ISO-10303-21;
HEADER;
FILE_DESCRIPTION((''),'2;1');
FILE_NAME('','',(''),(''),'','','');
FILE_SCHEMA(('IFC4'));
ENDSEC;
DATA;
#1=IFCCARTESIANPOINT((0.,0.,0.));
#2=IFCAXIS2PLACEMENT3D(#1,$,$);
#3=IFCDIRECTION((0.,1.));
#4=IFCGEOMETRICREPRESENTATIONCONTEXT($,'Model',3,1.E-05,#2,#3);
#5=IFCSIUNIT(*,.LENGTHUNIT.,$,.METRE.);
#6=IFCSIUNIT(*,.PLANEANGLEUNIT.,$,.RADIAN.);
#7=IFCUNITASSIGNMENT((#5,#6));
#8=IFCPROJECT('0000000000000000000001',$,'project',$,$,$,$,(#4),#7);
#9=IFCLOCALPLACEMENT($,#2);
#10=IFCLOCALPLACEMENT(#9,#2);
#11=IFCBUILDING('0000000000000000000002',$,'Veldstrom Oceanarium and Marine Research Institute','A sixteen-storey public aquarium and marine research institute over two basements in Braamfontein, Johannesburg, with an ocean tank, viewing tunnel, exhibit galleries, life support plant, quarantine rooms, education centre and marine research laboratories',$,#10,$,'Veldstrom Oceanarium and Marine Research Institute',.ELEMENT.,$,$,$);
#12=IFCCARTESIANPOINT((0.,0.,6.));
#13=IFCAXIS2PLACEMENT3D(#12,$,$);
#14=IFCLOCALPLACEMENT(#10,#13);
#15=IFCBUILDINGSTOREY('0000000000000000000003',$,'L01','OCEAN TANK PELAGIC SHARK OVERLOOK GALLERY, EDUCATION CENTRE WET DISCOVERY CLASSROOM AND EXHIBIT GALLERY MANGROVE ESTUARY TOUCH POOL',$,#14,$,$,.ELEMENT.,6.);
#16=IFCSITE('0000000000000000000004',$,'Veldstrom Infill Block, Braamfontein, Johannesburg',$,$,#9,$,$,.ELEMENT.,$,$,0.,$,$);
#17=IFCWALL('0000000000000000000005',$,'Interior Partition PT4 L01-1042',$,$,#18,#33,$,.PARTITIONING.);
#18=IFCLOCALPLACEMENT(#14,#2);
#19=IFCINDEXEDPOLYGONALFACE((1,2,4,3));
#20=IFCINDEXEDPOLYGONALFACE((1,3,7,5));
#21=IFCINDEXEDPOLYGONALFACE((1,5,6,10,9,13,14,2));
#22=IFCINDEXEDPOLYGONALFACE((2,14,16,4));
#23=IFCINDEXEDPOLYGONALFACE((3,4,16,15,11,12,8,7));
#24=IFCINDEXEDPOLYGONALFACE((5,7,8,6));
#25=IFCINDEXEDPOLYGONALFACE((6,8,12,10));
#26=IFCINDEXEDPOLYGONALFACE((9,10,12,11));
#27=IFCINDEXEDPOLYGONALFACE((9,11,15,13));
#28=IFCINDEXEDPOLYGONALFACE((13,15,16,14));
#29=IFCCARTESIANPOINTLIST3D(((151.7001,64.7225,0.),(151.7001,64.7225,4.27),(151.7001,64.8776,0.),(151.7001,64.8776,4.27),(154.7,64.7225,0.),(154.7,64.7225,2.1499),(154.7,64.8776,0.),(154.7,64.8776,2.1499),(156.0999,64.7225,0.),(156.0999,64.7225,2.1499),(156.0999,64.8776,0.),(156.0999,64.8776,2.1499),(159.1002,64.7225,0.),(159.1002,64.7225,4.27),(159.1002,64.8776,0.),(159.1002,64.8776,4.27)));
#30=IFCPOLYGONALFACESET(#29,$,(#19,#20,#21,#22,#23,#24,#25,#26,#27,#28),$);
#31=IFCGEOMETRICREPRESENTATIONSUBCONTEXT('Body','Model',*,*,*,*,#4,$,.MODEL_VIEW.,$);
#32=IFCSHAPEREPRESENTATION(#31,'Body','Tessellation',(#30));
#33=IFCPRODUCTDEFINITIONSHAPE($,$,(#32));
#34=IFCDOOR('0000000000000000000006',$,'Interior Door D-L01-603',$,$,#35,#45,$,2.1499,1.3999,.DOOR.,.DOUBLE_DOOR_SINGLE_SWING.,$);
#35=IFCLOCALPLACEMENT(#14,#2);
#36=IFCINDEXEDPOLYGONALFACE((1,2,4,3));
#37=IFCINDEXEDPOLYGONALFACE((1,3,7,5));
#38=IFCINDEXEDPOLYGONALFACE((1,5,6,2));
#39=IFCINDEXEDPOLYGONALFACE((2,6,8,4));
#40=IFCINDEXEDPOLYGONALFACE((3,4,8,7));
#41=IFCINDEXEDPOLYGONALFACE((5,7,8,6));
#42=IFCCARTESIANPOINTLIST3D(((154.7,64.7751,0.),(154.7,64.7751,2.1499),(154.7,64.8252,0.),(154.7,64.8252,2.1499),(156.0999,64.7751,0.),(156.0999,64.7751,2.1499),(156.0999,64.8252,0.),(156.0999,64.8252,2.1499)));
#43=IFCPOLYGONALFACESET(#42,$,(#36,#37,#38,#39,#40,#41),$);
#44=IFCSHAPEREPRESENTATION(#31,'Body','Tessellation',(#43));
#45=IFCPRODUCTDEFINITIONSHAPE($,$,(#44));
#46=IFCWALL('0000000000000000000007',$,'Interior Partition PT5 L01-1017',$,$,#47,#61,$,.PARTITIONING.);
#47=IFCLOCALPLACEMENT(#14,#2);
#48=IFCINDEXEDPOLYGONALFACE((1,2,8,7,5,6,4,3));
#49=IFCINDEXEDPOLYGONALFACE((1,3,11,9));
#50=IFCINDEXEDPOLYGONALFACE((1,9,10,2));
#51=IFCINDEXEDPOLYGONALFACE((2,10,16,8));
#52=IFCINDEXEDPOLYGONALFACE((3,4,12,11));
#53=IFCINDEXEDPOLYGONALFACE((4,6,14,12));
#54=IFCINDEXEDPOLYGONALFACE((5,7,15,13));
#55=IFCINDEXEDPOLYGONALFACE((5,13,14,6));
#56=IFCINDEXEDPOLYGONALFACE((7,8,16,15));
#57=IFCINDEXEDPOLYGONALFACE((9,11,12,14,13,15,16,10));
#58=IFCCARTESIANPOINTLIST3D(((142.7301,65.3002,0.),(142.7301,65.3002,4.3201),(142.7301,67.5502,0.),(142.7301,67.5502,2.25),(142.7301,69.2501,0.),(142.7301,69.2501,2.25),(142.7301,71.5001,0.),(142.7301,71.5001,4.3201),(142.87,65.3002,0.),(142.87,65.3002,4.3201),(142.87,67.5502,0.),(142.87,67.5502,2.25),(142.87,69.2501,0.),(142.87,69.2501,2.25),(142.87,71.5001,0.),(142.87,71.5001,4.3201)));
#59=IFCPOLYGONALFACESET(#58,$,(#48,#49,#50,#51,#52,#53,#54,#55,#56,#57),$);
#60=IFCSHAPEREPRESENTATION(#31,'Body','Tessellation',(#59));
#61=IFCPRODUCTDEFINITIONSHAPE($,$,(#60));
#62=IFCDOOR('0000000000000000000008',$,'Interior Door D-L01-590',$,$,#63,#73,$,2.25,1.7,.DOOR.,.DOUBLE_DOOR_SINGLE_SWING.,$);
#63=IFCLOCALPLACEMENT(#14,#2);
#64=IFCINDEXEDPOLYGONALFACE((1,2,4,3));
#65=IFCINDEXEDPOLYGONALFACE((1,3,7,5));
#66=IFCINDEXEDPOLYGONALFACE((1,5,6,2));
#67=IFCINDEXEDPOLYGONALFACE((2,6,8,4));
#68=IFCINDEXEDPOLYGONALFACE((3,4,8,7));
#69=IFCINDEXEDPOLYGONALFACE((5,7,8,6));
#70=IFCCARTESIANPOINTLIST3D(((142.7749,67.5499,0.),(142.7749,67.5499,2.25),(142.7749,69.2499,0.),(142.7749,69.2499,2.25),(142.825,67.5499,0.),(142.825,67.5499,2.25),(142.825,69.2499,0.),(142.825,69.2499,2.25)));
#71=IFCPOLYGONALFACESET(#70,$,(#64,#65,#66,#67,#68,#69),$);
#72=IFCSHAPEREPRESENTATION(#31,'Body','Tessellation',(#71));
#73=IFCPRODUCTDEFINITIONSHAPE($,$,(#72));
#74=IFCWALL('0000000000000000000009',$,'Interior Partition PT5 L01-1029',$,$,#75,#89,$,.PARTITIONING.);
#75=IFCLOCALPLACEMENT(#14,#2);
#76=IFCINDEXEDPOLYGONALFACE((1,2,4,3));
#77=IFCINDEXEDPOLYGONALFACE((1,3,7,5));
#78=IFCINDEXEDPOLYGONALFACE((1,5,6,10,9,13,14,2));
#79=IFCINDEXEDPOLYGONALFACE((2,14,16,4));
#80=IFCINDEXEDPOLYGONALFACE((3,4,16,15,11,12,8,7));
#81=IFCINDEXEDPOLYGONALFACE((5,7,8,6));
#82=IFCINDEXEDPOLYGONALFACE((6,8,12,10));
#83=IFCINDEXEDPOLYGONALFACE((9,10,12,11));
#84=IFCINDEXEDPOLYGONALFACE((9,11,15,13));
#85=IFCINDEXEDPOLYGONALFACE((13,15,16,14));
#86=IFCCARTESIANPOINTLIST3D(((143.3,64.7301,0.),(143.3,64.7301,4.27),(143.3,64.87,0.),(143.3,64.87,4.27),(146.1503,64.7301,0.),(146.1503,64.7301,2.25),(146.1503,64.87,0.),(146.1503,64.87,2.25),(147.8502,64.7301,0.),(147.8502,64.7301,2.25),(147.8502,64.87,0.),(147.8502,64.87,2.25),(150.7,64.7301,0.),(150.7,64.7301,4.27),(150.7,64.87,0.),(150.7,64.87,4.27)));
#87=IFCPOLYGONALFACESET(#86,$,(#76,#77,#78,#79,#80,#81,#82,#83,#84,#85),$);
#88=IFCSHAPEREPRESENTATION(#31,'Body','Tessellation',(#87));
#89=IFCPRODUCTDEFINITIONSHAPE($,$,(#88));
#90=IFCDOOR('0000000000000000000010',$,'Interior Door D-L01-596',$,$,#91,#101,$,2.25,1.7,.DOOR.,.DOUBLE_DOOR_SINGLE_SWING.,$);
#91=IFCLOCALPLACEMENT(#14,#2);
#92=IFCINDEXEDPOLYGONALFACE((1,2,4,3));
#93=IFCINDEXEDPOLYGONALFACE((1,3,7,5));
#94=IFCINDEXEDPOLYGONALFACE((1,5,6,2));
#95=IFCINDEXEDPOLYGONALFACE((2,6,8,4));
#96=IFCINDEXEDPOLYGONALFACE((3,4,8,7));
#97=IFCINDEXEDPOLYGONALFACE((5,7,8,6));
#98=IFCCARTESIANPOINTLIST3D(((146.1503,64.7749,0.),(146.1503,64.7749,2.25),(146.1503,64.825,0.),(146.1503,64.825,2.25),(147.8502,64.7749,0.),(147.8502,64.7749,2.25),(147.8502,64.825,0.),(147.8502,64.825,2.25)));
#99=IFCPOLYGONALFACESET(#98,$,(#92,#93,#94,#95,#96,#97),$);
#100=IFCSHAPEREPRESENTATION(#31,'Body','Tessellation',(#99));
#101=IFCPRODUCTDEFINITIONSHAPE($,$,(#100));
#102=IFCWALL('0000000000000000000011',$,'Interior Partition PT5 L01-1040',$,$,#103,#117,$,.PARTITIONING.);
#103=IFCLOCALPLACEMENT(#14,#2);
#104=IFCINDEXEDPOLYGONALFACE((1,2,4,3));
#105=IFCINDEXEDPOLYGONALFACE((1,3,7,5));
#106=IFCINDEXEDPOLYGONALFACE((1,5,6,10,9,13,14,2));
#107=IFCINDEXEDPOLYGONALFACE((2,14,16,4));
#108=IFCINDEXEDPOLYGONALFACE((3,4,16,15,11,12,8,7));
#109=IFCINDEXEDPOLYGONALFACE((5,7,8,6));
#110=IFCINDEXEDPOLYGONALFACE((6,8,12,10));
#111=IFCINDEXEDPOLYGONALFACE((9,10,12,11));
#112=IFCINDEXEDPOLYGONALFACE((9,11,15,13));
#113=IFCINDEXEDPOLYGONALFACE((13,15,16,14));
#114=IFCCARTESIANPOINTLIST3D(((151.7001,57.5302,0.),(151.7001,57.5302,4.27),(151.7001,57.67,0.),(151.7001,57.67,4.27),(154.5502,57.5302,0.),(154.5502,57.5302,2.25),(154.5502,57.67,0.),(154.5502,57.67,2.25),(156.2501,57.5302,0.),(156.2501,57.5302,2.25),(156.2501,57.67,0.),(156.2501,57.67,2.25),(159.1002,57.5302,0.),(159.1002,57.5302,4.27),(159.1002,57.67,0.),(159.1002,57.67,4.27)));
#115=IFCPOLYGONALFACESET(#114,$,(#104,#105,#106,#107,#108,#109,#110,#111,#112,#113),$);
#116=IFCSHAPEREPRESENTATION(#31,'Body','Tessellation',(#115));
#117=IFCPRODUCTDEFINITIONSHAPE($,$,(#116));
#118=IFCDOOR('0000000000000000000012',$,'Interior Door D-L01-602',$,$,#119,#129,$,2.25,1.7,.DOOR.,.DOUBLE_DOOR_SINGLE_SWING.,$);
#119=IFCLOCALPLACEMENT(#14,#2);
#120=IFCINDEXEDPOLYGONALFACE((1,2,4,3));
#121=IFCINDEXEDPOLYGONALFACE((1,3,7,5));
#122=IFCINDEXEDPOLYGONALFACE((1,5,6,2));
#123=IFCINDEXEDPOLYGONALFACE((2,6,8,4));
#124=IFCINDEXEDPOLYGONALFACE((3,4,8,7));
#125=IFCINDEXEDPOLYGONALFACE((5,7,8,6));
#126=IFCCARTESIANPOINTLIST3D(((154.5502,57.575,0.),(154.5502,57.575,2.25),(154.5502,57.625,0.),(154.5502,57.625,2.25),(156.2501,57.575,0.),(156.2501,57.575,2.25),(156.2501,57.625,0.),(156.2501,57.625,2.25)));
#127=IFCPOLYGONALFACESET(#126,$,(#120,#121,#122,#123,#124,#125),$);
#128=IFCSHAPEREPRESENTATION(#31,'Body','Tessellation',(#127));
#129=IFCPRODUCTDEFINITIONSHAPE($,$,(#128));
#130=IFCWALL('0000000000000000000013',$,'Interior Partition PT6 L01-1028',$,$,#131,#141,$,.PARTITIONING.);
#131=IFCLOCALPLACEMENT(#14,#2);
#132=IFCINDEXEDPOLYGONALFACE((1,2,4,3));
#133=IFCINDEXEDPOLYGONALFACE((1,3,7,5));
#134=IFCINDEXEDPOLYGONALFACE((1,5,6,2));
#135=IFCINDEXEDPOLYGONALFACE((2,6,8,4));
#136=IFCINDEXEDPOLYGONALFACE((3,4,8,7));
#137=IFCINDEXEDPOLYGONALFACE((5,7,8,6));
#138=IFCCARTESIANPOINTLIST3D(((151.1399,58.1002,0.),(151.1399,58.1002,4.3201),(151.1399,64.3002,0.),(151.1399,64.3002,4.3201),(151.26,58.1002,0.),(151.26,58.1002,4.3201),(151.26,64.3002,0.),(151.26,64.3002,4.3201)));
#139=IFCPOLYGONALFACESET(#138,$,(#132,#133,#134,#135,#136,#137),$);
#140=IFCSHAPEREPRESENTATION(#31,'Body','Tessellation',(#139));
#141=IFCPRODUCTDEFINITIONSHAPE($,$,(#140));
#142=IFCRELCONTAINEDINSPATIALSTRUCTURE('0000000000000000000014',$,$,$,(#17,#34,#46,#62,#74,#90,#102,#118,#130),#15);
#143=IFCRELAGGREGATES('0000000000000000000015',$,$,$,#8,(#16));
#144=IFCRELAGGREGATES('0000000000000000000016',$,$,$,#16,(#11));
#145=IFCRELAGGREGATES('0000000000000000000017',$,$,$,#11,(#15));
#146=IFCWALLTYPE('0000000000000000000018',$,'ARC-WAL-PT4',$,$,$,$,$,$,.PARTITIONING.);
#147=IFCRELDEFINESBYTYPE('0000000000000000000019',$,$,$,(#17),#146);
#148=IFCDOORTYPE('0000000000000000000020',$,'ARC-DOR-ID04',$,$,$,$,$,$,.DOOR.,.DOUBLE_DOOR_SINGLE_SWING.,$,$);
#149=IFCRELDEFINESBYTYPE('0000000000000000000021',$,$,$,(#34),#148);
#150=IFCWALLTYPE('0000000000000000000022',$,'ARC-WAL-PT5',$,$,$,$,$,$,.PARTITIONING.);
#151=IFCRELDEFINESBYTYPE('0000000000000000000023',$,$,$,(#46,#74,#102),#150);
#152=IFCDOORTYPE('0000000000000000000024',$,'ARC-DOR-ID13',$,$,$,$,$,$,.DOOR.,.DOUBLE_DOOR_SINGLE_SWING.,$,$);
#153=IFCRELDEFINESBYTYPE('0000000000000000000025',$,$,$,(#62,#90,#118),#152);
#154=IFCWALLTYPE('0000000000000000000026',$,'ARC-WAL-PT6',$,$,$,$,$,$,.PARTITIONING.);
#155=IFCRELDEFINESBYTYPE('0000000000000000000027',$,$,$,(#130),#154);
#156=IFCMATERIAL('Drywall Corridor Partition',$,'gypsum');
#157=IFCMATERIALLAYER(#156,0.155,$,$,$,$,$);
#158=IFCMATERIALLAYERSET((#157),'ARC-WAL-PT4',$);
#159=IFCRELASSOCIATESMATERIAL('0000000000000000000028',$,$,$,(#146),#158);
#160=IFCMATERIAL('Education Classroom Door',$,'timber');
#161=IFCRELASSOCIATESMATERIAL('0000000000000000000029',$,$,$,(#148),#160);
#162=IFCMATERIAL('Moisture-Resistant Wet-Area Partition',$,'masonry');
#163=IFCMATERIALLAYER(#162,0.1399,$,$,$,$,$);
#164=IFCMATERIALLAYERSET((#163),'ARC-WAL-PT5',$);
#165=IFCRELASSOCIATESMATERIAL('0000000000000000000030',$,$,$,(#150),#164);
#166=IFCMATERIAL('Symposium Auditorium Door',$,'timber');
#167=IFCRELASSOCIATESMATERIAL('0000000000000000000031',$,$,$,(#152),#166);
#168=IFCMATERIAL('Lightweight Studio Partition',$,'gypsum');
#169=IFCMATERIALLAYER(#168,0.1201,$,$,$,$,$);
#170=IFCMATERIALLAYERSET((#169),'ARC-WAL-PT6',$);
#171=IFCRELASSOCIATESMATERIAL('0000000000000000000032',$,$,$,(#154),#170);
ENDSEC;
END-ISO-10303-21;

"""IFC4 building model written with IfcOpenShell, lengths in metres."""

from ifc_helpers import new_model, si_unit, direction, frame, frame_2d, origin, place, context, subcontext, project, spatial, rectangle, extrude, material, layer, layer_set, type_object, element, fill, save


model = new_model("IFC4")

# Units and contexts
model_context = context("Model", 3, precision=1e-05, world=origin(), true_north=direction((0.0, 1.0)))
body_context = subcontext(model_context, "Body", "Model", "MODEL_VIEW")
ifc_project = project(units=[si_unit("LENGTHUNIT", "METRE"), si_unit("PLANEANGLEUNIT", "RADIAN")], contexts=[model_context])

# Site, building, storey
site_placement = place(None, origin())
site = spatial("IfcSite", under=ifc_project, at=site_placement, Name="Veldstrom Infill Block, Braamfontein, Johannesburg", CompositionType="ELEMENT", RefElevation=0.0)
building_placement = place(site_placement, origin())
building = spatial("IfcBuilding", under=site, at=building_placement, Name="Veldstrom Oceanarium and Marine Research Institute", Description="A sixteen-storey public aquarium and marine research institute over two basements in Braamfontein, Johannesburg, with an ocean tank, viewing tunnel, exhibit galleries, life support plant, quarantine rooms, education centre and marine research laboratories", LongName="Veldstrom Oceanarium and Marine Research Institute", CompositionType="ELEMENT")
storey_placement = place(building_placement, frame((0.0, 0.0, 6.0)))
storey = spatial("IfcBuildingStorey", under=building, at=storey_placement, Name="L01", Description="OCEAN TANK PELAGIC SHARK OVERLOOK GALLERY, EDUCATION CENTRE WET DISCOVERY CLASSROOM AND EXHIBIT GALLERY MANGROVE ESTUARY TOUCH POOL", CompositionType="ELEMENT", Elevation=6.0)

# Walls, openings, doors
ifc_material_1 = material(Name="Drywall Corridor Partition", Category="gypsum")
ifc_layer_1 = layer(ifc_material_1, 0.155)
ifc_layer_set_1 = layer_set([ifc_layer_1], Name="ARC-WAL-PT4")
wall_type_1 = type_object("IfcWallType", Name="ARC-WAL-PT4", PredefinedType="PARTITIONING", material=ifc_layer_set_1)
ifc_material_2 = material(Name="Education Classroom Door", Category="timber")
door_type_1 = type_object("IfcDoorType", Name="ARC-DOR-ID04", OperationType="DOUBLE_DOOR_SINGLE_SWING", PredefinedType="DOOR", material=ifc_material_2)
wall_1_placement = place(storey_placement, frame((151.7, 64.8, 0.0), z_axis=(0.0, 0.0, 1.0), x_axis=(1.0, 0.0, 0.0)))
wall_1 = element("IfcWall", 1, at=wall_1_placement, inside=storey, type_object=wall_type_1, Name="Interior Partition PT4 L01-1042", PredefinedType="PARTITIONING", context=body_context, shape_type="SweptSolid", body=[
    extrude(rectangle(XDim=7.4001, YDim=0.155, at=frame_2d((3.7002, 0.0))), origin(), (0.0, 0.0, 1.0), 4.27),
])
opening_1_placement = place(wall_1_placement, frame((3.0, 0.0, 0.0)))
opening_1 = element("IfcOpeningElement", 2, at=opening_1_placement, cuts=wall_1, PredefinedType="OPENING", context=body_context, shape_type="SweptSolid", body=[
    extrude(rectangle(XDim=1.3999, YDim=2.1499, at=frame_2d((0.7, 1.075))), frame((0.0, 0.0874, 0.0), z_axis=(0.0, -1.0, 0.0), x_axis=(1.0, 0.0, 0.0)), (0.0, 0.0, 1.0), 0.175),
])
door_1_placement = place(opening_1_placement, frame((1.3999, 0.0, 0.0), z_axis=(0.0, 0.0, 1.0), x_axis=(-1.0, 0.0, 0.0)))
door_1 = element("IfcDoor", 3, at=door_1_placement, inside=storey, type_object=door_type_1, Name="Interior Door D-L01-603", OperationType="DOUBLE_DOOR_SINGLE_SWING", OverallHeight=2.1499, OverallWidth=1.3999, PredefinedType="DOOR", context=body_context, shape_type="SweptSolid", body=[
    extrude(rectangle(XDim=1.3999, YDim=2.1499, at=frame_2d((0.7, 1.075))), frame((0.0, 0.0249, 0.0), z_axis=(0.0, -1.0, 0.0), x_axis=(1.0, 0.0, 0.0)), (0.0, 0.0, 1.0), 0.05),
])
fill(opening_1, door_1)
ifc_material_3 = material(Name="Moisture-Resistant Wet-Area Partition", Category="masonry")
ifc_layer_2 = layer(ifc_material_3, 0.1399)
ifc_layer_set_2 = layer_set([ifc_layer_2], Name="ARC-WAL-PT5")
wall_type_2 = type_object("IfcWallType", Name="ARC-WAL-PT5", PredefinedType="PARTITIONING", material=ifc_layer_set_2)
wall_2_placement = place(storey_placement, frame((142.8, 65.3, 0.0), z_axis=(0.0, 0.0, 1.0), x_axis=(0.0, 1.0, 0.0)))
wall_2 = element("IfcWall", 4, at=wall_2_placement, inside=storey, type_object=wall_type_2, Name="Interior Partition PT5 L01-1017", PredefinedType="PARTITIONING", context=body_context, shape_type="SweptSolid", body=[
    extrude(rectangle(XDim=6.2, YDim=0.1399, at=frame_2d((3.1001, 0.0))), origin(), (0.0, 0.0, 1.0), 4.3201),
])
opening_2_placement = place(wall_2_placement, frame((2.25, 0.0, 0.0)))
opening_2 = element("IfcOpeningElement", 5, at=opening_2_placement, cuts=wall_2, PredefinedType="OPENING", context=body_context, shape_type="SweptSolid", body=[
    extrude(rectangle(XDim=1.7, YDim=2.25, at=frame_2d((0.8501, 1.125))), frame((0.0, 0.0798, 0.0), z_axis=(0.0, -1.0, 0.0), x_axis=(1.0, 0.0, 0.0)), (0.0, 0.0, 1.0), 0.1599),
])
ifc_material_4 = material(Name="Symposium Auditorium Door", Category="timber")
door_type_2 = type_object("IfcDoorType", Name="ARC-DOR-ID13", OperationType="DOUBLE_DOOR_SINGLE_SWING", PredefinedType="DOOR", material=ifc_material_4)
door_2_placement = place(opening_2_placement, frame((1.7, 0.0, 0.0), z_axis=(0.0, 0.0, 1.0), x_axis=(-1.0, 0.0, 0.0)))
door_2 = element("IfcDoor", 6, at=door_2_placement, inside=storey, type_object=door_type_2, Name="Interior Door D-L01-590", OperationType="DOUBLE_DOOR_SINGLE_SWING", OverallHeight=2.25, OverallWidth=1.7, PredefinedType="DOOR", context=body_context, shape_type="SweptSolid", body=[
    extrude(rectangle(XDim=1.7, YDim=2.25, at=frame_2d((0.8501, 1.125))), frame((0.0, 0.0249, 0.0), z_axis=(0.0, -1.0, 0.0), x_axis=(1.0, 0.0, 0.0)), (0.0, 0.0, 1.0), 0.05),
])
fill(opening_2, door_2)
wall_3_placement = place(storey_placement, frame((143.3, 64.8, 0.0), z_axis=(0.0, 0.0, 1.0), x_axis=(1.0, 0.0, 0.0)))
wall_3 = element("IfcWall", 7, at=wall_3_placement, inside=storey, type_object=wall_type_2, Name="Interior Partition PT5 L01-1029", PredefinedType="PARTITIONING", context=body_context, shape_type="SweptSolid", body=[
    extrude(rectangle(XDim=7.3999, YDim=0.1399, at=frame_2d((3.7, 0.0))), origin(), (0.0, 0.0, 1.0), 4.27),
])
opening_3_placement = place(wall_3_placement, frame((2.8501, 0.0, 0.0)))
opening_3 = element("IfcOpeningElement", 8, at=opening_3_placement, cuts=wall_3, PredefinedType="OPENING", context=body_context, shape_type="SweptSolid", body=[
    extrude(rectangle(XDim=1.7, YDim=2.25, at=frame_2d((0.8501, 1.125))), frame((0.0, 0.0798, 0.0), z_axis=(0.0, -1.0, 0.0), x_axis=(1.0, 0.0, 0.0)), (0.0, 0.0, 1.0), 0.1599),
])
door_3_placement = place(opening_3_placement, origin())
door_3 = element("IfcDoor", 9, at=door_3_placement, inside=storey, type_object=door_type_2, Name="Interior Door D-L01-596", OperationType="DOUBLE_DOOR_SINGLE_SWING", OverallHeight=2.25, OverallWidth=1.7, PredefinedType="DOOR", context=body_context, shape_type="SweptSolid", body=[
    extrude(rectangle(XDim=1.7, YDim=2.25, at=frame_2d((0.8501, 1.125))), frame((0.0, 0.0249, 0.0), z_axis=(0.0, -1.0, 0.0), x_axis=(1.0, 0.0, 0.0)), (0.0, 0.0, 1.0), 0.05),
])
fill(opening_3, door_3)
wall_4_placement = place(storey_placement, frame((151.7, 57.6001, 0.0), z_axis=(0.0, 0.0, 1.0), x_axis=(1.0, 0.0, 0.0)))
wall_4 = element("IfcWall", 10, at=wall_4_placement, inside=storey, type_object=wall_type_2, Name="Interior Partition PT5 L01-1040", PredefinedType="PARTITIONING", context=body_context, shape_type="SweptSolid", body=[
    extrude(rectangle(XDim=7.4001, YDim=0.1399, at=frame_2d((3.7002, 0.0))), origin(), (0.0, 0.0, 1.0), 4.27),
])
opening_4_placement = place(wall_4_placement, frame((2.8501, 0.0, 0.0)))
opening_4 = element("IfcOpeningElement", 11, at=opening_4_placement, cuts=wall_4, PredefinedType="OPENING", context=body_context, shape_type="SweptSolid", body=[
    extrude(rectangle(XDim=1.7, YDim=2.25, at=frame_2d((0.8501, 1.125))), frame((0.0, 0.0798, 0.0), z_axis=(0.0, -1.0, 0.0), x_axis=(1.0, 0.0, 0.0)), (0.0, 0.0, 1.0), 0.1599),
])
door_4_placement = place(opening_4_placement, origin())
door_4 = element("IfcDoor", 12, at=door_4_placement, inside=storey, type_object=door_type_2, Name="Interior Door D-L01-602", OperationType="DOUBLE_DOOR_SINGLE_SWING", OverallHeight=2.25, OverallWidth=1.7, PredefinedType="DOOR", context=body_context, shape_type="SweptSolid", body=[
    extrude(rectangle(XDim=1.7, YDim=2.25, at=frame_2d((0.8501, 1.125))), frame((0.0, 0.0249, 0.0), z_axis=(0.0, -1.0, 0.0), x_axis=(1.0, 0.0, 0.0)), (0.0, 0.0, 1.0), 0.05),
])
fill(opening_4, door_4)

# Wall
ifc_material_5 = material(Name="Lightweight Studio Partition", Category="gypsum")
ifc_layer_3 = layer(ifc_material_5, 0.1201)
ifc_layer_set_3 = layer_set([ifc_layer_3], Name="ARC-WAL-PT6")
wall_type_3 = type_object("IfcWallType", Name="ARC-WAL-PT6", PredefinedType="PARTITIONING", material=ifc_layer_set_3)
wall_5_placement = place(storey_placement, frame((151.2, 58.1001, 0.0), z_axis=(0.0, 0.0, 1.0), x_axis=(0.0, 1.0, 0.0)))
element("IfcWall", 13, at=wall_5_placement, inside=storey, type_object=wall_type_3, Name="Interior Partition PT6 L01-1028", PredefinedType="PARTITIONING", context=body_context, shape_type="SweptSolid", body=[
    extrude(rectangle(XDim=6.2, YDim=0.1201, at=frame_2d((3.1001, 0.0))), origin(), (0.0, 0.0, 1.0), 4.3201),
])

save(model, "model.ifc")
